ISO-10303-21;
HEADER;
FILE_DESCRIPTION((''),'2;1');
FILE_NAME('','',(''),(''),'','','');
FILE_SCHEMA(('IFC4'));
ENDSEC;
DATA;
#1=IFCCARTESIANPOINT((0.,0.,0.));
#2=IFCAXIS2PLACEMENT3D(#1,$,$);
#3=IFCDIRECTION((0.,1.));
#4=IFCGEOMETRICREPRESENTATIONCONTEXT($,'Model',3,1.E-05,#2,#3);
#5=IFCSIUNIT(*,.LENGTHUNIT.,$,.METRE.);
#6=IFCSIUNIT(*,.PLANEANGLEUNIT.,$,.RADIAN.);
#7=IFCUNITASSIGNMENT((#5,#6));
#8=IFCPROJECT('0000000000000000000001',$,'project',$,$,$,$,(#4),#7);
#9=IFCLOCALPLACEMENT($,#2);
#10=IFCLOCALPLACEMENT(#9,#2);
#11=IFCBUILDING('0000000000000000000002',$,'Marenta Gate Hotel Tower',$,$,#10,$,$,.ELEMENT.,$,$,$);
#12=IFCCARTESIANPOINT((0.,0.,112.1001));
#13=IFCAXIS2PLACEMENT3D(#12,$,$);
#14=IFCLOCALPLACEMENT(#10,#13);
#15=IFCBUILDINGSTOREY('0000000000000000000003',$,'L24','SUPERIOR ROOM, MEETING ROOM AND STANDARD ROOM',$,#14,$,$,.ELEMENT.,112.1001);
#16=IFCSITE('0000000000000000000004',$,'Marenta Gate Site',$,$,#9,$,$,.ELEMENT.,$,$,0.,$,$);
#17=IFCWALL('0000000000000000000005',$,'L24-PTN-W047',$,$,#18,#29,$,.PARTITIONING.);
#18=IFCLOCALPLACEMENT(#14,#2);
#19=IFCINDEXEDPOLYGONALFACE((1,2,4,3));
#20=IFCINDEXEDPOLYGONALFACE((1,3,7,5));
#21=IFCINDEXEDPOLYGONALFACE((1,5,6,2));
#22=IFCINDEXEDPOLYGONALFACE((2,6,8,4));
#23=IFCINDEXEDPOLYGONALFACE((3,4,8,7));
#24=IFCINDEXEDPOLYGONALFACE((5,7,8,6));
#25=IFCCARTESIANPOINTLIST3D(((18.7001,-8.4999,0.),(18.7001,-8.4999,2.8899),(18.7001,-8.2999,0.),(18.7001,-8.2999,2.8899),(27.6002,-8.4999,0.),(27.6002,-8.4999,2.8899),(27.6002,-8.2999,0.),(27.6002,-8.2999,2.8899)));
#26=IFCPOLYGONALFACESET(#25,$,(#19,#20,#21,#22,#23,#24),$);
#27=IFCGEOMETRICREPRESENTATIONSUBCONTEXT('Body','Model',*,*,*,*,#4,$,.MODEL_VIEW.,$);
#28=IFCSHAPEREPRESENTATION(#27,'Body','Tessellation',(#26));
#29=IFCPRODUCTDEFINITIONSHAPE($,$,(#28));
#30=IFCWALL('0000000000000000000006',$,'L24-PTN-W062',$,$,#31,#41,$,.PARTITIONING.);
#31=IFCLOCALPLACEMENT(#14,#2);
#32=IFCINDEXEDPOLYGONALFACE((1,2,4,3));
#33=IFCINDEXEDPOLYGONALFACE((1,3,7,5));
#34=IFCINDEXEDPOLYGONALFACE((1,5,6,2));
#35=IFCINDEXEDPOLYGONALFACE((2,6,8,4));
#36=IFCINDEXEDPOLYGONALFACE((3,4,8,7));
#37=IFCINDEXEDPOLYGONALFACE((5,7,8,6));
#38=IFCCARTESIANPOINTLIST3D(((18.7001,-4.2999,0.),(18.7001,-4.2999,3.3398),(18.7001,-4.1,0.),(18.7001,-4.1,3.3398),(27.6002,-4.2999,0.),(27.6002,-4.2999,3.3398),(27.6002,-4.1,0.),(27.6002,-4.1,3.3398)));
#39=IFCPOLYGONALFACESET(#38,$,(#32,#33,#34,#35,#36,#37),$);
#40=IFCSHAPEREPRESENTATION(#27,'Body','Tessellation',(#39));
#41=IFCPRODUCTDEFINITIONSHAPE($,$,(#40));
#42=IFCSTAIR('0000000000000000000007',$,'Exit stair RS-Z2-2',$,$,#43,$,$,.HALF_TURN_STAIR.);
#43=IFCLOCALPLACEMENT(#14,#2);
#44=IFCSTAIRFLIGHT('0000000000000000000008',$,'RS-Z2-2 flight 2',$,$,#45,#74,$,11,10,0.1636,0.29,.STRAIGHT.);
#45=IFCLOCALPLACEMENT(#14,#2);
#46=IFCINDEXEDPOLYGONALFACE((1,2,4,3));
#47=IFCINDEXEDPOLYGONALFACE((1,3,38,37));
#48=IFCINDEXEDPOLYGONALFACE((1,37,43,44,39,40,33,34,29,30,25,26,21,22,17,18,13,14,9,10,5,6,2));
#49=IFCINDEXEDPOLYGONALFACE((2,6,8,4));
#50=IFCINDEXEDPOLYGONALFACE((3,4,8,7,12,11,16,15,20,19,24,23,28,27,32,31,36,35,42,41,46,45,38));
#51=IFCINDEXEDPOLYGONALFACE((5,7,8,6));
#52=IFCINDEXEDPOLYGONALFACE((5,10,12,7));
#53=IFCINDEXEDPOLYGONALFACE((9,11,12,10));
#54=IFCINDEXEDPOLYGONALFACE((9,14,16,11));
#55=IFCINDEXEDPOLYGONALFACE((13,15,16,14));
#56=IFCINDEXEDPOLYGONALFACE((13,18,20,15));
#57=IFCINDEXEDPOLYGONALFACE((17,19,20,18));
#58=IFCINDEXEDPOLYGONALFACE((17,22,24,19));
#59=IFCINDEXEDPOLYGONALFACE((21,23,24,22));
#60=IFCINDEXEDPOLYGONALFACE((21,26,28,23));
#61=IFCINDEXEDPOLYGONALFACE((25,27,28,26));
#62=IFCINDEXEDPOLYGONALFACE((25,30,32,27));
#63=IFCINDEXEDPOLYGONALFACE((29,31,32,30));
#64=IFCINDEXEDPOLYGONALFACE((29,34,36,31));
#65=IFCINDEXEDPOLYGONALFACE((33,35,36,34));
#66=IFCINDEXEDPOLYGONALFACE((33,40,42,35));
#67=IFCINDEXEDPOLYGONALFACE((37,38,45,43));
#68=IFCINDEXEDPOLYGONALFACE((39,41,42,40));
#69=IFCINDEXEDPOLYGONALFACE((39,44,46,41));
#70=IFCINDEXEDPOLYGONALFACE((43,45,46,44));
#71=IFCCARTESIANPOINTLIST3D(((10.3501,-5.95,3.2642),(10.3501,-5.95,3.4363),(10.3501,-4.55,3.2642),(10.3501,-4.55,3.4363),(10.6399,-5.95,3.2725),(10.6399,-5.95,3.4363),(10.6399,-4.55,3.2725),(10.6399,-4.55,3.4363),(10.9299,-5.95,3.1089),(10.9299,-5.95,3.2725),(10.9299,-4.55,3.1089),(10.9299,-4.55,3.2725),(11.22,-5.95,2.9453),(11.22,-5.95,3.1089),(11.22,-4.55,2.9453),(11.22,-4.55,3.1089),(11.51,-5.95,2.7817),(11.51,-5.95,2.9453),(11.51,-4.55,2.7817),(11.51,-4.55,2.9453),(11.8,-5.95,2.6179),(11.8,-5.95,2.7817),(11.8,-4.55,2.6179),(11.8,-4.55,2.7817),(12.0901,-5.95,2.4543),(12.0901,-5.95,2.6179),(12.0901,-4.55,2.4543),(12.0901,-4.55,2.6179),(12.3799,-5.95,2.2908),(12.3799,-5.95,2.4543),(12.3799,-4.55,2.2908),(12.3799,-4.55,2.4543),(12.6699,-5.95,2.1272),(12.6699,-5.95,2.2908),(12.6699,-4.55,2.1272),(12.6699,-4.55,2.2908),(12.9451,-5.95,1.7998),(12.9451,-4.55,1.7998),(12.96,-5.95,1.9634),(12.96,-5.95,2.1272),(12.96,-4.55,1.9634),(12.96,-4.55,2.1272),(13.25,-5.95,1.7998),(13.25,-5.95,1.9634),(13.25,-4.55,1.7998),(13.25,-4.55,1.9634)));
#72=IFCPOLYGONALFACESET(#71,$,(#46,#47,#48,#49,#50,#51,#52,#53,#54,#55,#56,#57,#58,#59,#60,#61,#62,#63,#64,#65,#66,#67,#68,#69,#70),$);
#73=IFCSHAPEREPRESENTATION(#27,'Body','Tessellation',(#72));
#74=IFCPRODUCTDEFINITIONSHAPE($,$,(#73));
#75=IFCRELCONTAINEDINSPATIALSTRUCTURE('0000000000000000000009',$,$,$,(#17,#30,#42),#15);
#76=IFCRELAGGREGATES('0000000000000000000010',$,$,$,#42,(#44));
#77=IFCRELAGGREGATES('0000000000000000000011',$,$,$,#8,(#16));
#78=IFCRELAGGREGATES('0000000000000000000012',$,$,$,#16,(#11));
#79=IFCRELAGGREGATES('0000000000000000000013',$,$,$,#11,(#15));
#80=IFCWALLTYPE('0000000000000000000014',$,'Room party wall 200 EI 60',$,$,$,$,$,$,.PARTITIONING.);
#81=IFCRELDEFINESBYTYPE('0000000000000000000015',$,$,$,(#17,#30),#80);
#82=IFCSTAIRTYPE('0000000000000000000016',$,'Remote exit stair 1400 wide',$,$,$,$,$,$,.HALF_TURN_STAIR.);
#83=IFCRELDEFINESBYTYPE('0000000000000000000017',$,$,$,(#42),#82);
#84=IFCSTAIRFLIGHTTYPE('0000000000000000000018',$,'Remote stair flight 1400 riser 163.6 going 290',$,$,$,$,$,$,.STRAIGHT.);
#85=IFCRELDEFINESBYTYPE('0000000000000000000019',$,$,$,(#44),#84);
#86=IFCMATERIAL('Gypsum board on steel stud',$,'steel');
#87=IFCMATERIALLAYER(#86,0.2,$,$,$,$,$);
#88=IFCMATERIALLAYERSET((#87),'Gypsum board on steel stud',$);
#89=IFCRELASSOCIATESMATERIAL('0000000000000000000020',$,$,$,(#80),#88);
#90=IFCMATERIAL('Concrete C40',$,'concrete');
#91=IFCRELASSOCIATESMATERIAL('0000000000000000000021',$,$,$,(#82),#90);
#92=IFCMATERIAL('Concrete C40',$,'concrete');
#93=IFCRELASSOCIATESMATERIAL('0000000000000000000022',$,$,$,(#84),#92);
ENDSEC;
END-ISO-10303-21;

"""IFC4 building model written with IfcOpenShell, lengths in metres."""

from ifc_helpers import new_model, si_unit, direction, frame, frame_2d, origin, place, context, subcontext, project, spatial, polyline, rectangle, outline, extrude, material, layer, layer_set, type_object, element, aggregate, save


model = new_model("IFC4")

# Units and contexts
model_context = context("Model", 3, precision=1e-05, world=origin(), true_north=direction((0.0, 1.0)))
body_context = subcontext(model_context, "Body", "Model", "MODEL_VIEW")
ifc_project = project(units=[si_unit("LENGTHUNIT", "METRE"), si_unit("PLANEANGLEUNIT", "RADIAN")], contexts=[model_context])

# Site, building, storey
site_placement = place(None, origin())
site = spatial("IfcSite", under=ifc_project, at=site_placement, Name="Marenta Gate Site", CompositionType="ELEMENT", RefElevation=0.0)
building_placement = place(site_placement, origin())
building = spatial("IfcBuilding", under=site, at=building_placement, Name="Marenta Gate Hotel Tower", CompositionType="ELEMENT")
storey_placement = place(building_placement, frame((0.0, 0.0, 112.1001)))
storey = spatial("IfcBuildingStorey", under=building, at=storey_placement, Name="L24", Description="SUPERIOR ROOM, MEETING ROOM AND STANDARD ROOM", CompositionType="ELEMENT", Elevation=112.1001)

# Walls
ifc_material_1 = material(Name="Gypsum board on steel stud", Category="steel")
ifc_layer_1 = layer(ifc_material_1, 0.2)
ifc_layer_set_1 = layer_set([ifc_layer_1], Name="Gypsum board on steel stud")
wall_type_1 = type_object("IfcWallType", Name="Room party wall 200 EI 60", PredefinedType="PARTITIONING", material=ifc_layer_set_1)
wall_1_placement = place(storey_placement, frame((18.7, -8.3999, 0.0), z_axis=(0.0, 0.0, 1.0), x_axis=(1.0, 0.0, 0.0)))
element("IfcWall", 1, at=wall_1_placement, inside=storey, type_object=wall_type_1, Name="L24-PTN-W047", PredefinedType="PARTITIONING", context=body_context, shape_type="SweptSolid", body=[
    extrude(rectangle(XDim=8.9001, YDim=0.2, at=frame_2d((4.4502, 0.0))), origin(), (0.0, 0.0, 1.0), 2.8899),
])
wall_2_placement = place(storey_placement, frame((18.7, -4.2, 0.0), z_axis=(0.0, 0.0, 1.0), x_axis=(1.0, 0.0, 0.0)))
element("IfcWall", 2, at=wall_2_placement, inside=storey, type_object=wall_type_1, Name="L24-PTN-W062", PredefinedType="PARTITIONING", context=body_context, shape_type="SweptSolid", body=[
    extrude(rectangle(XDim=8.9001, YDim=0.2, at=frame_2d((4.4502, 0.0))), origin(), (0.0, 0.0, 1.0), 3.3398),
])

# Stair, stair flight
ifc_material_2 = material(Name="Concrete C40", Category="concrete")
stair_type = type_object("IfcStairType", Name="Remote exit stair 1400 wide", PredefinedType="HALF_TURN_STAIR", material=ifc_material_2)
stair_placement = place(storey_placement, origin())
stair = element("IfcStair", 3, at=stair_placement, inside=storey, type_object=stair_type, Name="Exit stair RS-Z2-2", PredefinedType="HALF_TURN_STAIR")
ifc_material_3 = material(Name="Concrete C40", Category="concrete")
stair_flight_type = type_object("IfcStairFlightType", Name="Remote stair flight 1400 riser 163.6 going 290", PredefinedType="STRAIGHT", material=ifc_material_3)
stair_flight_placement = place(storey_placement, frame((13.25, -5.25, 1.7998), z_axis=(0.0, 0.0, 1.0), x_axis=(-1.0, 0.0, 0.0)))
stair_flight = element("IfcStairFlight", 4, at=stair_flight_placement, type_object=stair_flight_type, Name="RS-Z2-2 flight 2", NumberOfRisers=11, NumberOfTreads=10, PredefinedType="STRAIGHT", RiserHeight=0.1636, TreadLength=0.29, context=body_context, shape_type="SweptSolid", body=[
    extrude(outline(polyline([(0.0, 0.0), (0.0, 0.1636), (0.29, 0.1636), (0.29, 0.3274), (0.5801, 0.3274), (0.5801, 0.491), (0.8701, 0.491), (0.8701, 0.6545), (1.1599, 0.6545), (1.1599, 0.8181), (1.45, 0.8181), (1.45, 0.9819), (1.74, 0.9819), (1.74, 1.1455), (2.03, 1.1455), (2.03, 1.3091), (2.3201, 1.3091), (2.3201, 1.4727), (2.6101, 1.4727), (2.6101, 1.6365), (2.8999, 1.6365), (2.8999, 1.8), (2.8999, 1.4644), (0.3049, 0.0), (0.0, 0.0)])), frame((0.0, 0.7, 0.0), z_axis=(0.0, -1.0, 0.0), x_axis=(1.0, 0.0, 0.0)), (0.0, 0.0, 1.0), 1.3999),
])
aggregate(stair, [stair_flight])

save(model, "model.ifc")
